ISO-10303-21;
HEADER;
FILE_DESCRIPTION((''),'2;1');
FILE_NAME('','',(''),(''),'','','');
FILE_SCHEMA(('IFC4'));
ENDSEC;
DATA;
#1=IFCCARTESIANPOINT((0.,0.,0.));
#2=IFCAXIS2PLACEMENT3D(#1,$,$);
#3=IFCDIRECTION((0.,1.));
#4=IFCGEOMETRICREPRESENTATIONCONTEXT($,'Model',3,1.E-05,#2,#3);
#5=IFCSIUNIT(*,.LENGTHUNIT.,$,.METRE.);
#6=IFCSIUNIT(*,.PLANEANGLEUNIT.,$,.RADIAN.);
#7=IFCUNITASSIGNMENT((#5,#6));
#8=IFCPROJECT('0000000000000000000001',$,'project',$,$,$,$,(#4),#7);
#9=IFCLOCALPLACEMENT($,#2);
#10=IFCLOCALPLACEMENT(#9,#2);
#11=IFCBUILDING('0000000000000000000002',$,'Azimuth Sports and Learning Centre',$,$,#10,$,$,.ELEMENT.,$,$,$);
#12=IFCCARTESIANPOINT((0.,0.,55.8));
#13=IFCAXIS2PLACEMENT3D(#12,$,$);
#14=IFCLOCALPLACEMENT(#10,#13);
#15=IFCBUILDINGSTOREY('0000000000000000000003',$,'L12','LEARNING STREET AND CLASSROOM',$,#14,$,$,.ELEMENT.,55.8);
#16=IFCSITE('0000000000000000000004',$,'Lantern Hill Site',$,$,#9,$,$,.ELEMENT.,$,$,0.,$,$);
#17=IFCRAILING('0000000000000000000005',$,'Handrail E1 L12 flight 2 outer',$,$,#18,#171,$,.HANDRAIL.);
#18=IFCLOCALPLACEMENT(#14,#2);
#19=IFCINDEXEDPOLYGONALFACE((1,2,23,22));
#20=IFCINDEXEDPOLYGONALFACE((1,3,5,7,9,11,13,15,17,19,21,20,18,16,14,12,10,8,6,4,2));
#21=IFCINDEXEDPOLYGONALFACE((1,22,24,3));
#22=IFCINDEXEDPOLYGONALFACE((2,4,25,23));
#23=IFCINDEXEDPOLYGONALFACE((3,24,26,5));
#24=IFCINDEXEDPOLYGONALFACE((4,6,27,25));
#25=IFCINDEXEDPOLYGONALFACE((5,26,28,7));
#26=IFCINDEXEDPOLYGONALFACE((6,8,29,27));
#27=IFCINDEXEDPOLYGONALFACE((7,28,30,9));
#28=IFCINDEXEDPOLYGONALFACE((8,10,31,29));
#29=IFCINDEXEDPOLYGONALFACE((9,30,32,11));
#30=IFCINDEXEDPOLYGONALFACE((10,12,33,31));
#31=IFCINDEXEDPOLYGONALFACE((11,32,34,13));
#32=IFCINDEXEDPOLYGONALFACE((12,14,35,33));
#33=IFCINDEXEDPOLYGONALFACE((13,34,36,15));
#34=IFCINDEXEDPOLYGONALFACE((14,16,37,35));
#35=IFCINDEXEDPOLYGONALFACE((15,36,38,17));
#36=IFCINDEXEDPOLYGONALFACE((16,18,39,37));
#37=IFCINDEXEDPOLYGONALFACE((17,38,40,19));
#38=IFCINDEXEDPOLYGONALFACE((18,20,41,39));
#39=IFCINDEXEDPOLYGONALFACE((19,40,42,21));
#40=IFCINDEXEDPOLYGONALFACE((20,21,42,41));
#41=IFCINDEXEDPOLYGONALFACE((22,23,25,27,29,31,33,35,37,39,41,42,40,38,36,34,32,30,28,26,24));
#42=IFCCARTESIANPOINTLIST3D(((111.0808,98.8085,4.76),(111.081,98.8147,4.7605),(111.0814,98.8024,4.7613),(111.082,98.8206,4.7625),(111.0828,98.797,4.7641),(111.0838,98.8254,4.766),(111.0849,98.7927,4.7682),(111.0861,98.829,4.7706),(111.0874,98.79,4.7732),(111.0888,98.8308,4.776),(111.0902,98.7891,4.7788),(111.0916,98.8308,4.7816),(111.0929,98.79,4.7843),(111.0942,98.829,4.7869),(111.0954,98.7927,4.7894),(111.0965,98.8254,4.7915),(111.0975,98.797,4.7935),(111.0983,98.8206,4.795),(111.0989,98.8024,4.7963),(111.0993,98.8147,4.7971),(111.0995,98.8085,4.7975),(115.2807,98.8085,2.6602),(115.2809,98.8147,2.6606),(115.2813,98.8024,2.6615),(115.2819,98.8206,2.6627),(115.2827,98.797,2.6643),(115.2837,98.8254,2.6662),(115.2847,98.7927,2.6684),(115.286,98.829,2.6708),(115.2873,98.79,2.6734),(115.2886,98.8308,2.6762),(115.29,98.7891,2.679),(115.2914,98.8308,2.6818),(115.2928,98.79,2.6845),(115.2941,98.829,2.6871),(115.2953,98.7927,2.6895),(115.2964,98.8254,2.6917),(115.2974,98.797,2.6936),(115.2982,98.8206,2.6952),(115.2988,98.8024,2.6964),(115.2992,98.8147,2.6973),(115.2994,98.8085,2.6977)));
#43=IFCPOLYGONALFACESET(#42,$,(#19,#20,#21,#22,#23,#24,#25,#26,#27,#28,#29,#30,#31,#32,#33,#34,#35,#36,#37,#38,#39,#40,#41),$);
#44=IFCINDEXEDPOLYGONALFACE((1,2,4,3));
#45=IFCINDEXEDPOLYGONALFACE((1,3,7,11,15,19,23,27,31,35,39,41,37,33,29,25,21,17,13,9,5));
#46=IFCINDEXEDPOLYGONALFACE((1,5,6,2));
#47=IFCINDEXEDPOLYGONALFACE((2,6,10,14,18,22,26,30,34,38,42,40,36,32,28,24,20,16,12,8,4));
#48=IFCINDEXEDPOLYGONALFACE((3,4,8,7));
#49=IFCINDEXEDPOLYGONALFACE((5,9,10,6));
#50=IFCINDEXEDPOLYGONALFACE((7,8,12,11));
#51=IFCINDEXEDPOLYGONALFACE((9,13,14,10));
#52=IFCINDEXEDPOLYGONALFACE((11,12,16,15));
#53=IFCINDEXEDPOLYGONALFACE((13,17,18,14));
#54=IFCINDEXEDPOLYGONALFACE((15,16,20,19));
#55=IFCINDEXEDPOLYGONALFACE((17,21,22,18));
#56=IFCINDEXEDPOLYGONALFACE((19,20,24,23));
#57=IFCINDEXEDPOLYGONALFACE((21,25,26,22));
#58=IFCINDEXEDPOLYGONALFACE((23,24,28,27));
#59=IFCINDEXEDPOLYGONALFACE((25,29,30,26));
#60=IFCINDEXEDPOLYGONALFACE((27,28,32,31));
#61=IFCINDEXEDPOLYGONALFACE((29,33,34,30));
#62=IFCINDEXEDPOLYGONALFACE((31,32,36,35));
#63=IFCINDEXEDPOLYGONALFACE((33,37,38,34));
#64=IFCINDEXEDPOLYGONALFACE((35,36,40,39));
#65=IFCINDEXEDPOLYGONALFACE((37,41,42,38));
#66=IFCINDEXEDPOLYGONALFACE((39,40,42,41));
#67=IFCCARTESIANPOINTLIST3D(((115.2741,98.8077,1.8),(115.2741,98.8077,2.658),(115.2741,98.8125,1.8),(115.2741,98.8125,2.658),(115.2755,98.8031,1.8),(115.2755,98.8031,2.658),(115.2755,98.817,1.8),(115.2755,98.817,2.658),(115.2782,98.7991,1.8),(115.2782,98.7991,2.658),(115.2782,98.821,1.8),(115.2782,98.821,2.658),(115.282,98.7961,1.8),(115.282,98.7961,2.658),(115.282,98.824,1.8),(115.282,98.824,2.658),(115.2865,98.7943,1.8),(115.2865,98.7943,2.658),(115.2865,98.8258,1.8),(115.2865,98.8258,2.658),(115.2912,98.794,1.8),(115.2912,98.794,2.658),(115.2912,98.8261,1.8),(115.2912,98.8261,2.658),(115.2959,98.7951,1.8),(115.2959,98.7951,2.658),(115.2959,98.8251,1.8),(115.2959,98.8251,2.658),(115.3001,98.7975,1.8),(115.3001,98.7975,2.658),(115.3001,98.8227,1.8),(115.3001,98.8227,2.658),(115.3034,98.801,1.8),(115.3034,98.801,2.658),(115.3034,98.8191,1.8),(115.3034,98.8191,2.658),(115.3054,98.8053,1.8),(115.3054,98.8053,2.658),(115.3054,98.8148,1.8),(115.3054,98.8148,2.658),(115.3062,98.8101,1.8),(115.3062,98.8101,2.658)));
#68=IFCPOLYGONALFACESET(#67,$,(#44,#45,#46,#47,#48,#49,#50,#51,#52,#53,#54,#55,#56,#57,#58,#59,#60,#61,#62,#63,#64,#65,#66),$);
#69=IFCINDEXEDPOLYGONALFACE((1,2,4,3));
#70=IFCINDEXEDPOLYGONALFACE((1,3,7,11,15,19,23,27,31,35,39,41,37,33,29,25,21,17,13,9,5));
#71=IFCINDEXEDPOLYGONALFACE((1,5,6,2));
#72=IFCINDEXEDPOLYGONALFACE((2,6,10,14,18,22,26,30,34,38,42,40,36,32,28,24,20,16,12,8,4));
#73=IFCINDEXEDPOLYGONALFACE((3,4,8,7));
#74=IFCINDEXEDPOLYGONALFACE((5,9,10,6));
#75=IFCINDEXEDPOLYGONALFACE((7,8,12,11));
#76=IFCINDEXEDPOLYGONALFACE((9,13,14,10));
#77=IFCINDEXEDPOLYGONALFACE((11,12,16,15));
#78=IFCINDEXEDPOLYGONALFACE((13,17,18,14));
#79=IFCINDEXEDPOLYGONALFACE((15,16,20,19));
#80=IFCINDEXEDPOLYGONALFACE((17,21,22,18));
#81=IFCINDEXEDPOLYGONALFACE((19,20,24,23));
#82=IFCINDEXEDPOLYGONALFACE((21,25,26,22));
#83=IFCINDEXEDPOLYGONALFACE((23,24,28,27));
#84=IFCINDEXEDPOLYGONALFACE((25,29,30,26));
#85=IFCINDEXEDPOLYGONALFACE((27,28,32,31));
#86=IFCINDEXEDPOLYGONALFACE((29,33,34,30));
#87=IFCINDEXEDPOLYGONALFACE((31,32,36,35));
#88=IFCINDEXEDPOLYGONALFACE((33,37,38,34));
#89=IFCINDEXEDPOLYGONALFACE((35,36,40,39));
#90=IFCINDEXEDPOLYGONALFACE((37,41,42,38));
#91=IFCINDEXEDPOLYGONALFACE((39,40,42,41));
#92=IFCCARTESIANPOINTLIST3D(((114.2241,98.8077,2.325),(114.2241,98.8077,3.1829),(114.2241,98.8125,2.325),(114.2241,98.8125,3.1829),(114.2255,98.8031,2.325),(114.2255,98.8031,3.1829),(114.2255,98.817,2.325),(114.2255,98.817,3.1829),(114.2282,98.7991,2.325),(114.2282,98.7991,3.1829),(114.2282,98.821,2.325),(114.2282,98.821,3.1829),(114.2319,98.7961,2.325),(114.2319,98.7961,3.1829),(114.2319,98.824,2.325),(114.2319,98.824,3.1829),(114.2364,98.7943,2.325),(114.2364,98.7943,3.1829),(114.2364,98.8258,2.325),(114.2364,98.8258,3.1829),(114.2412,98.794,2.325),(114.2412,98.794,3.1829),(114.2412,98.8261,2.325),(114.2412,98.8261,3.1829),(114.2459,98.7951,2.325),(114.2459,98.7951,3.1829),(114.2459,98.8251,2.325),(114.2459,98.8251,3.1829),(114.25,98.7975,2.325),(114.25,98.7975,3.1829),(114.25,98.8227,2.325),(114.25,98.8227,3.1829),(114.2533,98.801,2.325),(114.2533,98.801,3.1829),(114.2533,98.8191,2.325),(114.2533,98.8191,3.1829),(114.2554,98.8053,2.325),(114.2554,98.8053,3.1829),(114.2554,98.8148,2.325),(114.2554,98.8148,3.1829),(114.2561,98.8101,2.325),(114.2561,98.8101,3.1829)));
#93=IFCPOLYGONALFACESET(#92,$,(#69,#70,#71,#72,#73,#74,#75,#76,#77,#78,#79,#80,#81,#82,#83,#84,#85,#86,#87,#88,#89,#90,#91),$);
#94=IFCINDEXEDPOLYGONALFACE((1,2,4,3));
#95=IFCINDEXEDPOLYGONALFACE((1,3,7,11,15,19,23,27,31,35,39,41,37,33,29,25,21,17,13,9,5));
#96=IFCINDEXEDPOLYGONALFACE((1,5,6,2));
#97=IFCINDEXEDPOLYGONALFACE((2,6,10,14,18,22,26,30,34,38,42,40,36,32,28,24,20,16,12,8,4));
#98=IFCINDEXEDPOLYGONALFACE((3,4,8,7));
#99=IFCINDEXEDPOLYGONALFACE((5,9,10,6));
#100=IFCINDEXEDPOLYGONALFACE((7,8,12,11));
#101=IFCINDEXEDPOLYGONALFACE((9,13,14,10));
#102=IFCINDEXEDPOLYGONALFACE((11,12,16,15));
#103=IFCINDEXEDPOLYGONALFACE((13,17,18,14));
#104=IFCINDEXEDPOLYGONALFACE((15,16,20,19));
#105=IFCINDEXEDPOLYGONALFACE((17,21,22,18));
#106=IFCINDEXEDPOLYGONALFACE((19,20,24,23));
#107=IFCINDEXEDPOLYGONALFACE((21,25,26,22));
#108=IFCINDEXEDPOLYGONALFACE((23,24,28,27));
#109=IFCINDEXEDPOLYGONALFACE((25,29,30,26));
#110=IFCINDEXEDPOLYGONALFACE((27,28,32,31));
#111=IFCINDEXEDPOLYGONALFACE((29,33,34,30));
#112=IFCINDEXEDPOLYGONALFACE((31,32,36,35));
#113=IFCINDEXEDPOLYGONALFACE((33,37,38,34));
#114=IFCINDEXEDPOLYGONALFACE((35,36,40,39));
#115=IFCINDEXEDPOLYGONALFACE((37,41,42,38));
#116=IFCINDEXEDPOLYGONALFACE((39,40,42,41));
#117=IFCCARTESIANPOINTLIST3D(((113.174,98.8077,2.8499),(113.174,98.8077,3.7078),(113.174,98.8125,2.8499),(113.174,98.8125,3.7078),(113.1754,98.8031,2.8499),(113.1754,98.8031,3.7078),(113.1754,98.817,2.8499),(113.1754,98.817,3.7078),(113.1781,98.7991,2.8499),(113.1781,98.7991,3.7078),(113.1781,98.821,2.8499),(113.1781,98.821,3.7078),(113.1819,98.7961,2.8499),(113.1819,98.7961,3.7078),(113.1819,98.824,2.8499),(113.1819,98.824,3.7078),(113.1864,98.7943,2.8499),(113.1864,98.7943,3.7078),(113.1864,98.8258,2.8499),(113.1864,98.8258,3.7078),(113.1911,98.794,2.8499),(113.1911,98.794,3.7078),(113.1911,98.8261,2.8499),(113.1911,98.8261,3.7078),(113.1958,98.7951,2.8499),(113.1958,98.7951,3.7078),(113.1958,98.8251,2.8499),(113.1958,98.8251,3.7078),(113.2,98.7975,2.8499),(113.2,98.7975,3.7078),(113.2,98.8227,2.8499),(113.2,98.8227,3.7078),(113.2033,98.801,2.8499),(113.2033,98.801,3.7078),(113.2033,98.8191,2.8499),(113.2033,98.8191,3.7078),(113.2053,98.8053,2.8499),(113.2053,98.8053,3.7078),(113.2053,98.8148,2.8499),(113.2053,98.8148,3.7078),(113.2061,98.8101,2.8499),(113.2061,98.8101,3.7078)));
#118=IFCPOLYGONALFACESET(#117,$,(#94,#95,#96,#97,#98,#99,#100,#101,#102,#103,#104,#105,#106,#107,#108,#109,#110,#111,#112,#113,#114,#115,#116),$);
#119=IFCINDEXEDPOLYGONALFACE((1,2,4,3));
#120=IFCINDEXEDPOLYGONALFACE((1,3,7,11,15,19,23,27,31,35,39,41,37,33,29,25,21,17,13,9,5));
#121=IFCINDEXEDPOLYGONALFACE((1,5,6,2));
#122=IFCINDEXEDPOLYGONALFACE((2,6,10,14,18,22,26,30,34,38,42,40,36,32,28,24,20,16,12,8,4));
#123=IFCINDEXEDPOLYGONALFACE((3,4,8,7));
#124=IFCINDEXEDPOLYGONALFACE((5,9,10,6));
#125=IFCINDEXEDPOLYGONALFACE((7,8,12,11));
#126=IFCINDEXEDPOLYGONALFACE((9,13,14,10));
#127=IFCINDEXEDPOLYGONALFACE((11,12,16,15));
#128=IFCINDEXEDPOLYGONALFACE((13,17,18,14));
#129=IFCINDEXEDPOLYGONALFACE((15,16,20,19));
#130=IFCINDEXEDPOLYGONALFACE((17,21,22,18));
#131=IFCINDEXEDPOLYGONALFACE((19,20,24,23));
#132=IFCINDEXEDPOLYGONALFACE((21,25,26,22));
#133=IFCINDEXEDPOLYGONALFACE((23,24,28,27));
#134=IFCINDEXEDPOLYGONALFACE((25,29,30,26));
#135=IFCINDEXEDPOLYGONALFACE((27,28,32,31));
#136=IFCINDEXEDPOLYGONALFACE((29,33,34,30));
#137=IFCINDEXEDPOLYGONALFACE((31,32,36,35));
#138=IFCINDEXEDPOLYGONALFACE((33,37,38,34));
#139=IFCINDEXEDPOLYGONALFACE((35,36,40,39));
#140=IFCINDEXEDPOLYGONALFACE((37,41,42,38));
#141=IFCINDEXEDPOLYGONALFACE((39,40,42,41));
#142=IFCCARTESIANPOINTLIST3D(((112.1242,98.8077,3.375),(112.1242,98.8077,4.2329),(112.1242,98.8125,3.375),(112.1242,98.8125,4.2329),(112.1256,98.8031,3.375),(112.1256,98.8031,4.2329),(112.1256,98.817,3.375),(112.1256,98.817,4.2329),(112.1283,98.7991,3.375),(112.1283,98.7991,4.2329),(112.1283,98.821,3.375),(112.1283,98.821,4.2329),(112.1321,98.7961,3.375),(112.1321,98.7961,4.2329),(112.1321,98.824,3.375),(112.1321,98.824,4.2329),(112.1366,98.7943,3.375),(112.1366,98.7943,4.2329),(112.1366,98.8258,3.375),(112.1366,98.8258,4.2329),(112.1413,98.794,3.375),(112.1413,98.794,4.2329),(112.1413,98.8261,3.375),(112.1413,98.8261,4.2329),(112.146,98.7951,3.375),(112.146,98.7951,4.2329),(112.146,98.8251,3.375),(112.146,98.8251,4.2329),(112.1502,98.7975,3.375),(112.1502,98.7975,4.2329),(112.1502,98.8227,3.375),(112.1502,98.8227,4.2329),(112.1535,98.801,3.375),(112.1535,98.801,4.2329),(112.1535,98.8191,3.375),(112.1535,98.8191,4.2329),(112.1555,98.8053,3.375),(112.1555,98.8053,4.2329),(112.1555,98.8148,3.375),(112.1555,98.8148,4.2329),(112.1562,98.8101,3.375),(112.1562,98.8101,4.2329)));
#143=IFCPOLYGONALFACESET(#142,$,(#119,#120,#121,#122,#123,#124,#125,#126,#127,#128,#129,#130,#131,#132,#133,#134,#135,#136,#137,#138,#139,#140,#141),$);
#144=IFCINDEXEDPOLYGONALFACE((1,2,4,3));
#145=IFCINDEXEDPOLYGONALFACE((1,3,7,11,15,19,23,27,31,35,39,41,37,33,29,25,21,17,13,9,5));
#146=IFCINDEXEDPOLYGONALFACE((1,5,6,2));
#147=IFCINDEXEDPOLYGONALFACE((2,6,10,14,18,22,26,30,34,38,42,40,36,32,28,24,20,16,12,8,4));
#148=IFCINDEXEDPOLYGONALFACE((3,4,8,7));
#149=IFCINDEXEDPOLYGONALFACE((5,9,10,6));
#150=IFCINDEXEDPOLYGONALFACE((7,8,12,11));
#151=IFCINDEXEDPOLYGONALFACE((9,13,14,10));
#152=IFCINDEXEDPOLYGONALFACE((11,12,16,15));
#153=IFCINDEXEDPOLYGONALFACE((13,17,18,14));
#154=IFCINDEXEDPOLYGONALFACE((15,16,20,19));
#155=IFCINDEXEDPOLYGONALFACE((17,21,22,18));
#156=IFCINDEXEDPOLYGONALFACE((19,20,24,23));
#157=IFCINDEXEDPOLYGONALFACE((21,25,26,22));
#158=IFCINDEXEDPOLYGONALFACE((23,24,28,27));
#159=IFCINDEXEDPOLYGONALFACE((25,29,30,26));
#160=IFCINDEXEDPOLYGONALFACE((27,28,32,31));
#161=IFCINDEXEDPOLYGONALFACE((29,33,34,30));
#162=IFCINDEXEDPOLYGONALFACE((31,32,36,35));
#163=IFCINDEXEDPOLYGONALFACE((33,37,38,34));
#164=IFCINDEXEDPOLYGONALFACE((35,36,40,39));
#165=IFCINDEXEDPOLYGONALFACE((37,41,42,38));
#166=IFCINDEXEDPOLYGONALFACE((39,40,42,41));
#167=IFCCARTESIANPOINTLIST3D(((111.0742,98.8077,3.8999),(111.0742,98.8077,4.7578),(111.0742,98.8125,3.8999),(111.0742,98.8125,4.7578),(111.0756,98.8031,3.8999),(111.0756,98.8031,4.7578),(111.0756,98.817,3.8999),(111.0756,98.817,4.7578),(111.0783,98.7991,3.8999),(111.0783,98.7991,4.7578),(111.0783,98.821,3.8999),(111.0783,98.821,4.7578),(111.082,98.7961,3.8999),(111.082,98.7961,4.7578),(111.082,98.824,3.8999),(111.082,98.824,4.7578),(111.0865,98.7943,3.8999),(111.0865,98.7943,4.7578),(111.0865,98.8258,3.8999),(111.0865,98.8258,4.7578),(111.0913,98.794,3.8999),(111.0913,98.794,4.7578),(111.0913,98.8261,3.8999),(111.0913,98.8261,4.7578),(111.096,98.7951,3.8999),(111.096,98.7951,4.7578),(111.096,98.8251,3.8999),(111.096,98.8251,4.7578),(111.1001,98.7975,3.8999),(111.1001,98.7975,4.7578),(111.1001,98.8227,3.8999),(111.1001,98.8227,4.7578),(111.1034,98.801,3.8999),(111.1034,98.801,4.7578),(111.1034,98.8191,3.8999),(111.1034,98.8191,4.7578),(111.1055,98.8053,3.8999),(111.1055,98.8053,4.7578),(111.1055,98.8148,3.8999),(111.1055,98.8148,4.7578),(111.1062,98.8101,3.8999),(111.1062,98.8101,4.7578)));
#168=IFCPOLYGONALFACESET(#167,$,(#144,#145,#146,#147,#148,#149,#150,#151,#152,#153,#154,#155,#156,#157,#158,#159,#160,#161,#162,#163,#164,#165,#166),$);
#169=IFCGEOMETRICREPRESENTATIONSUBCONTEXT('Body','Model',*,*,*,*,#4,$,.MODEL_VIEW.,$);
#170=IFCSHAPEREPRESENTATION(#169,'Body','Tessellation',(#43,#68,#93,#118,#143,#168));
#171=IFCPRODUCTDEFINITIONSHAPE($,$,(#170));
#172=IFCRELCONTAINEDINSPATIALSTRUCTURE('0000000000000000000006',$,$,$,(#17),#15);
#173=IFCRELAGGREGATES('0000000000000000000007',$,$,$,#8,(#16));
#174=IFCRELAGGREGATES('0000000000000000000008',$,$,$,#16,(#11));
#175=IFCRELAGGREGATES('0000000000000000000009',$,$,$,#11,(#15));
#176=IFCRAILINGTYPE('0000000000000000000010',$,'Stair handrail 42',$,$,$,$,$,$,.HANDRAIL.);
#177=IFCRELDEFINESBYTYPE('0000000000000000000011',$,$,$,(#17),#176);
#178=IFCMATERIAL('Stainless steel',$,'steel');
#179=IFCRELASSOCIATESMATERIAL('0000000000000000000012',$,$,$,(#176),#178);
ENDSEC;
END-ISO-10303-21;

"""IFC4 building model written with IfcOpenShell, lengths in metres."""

from ifc_helpers import new_model, si_unit, direction, frame, origin, origin_2d, place, context, subcontext, project, spatial, circle, extrude, material, type_object, element, save


model = new_model("IFC4")

# Units and contexts
model_context = context("Model", 3, precision=1e-05, world=origin(), true_north=direction((0.0, 1.0)))
body_context = subcontext(model_context, "Body", "Model", "MODEL_VIEW")
ifc_project = project(units=[si_unit("LENGTHUNIT", "METRE"), si_unit("PLANEANGLEUNIT", "RADIAN")], contexts=[model_context])

# Site, building, storey
site_placement = place(None, origin())
site = spatial("IfcSite", under=ifc_project, at=site_placement, Name="Lantern Hill Site", CompositionType="ELEMENT", RefElevation=0.0)
building_placement = place(site_placement, origin())
building = spatial("IfcBuilding", under=site, at=building_placement, Name="Azimuth Sports and Learning Centre", CompositionType="ELEMENT")
storey_placement = place(building_placement, frame((0.0, 0.0, 55.8)))
storey = spatial("IfcBuildingStorey", under=building, at=storey_placement, Name="L12", Description="LEARNING STREET AND CLASSROOM", CompositionType="ELEMENT", Elevation=55.8)

# Railing
ifc_material_1 = material(Name="Stainless steel", Category="steel")
railing_type_1 = type_object("IfcRailingType", Name="Stair handrail 42", PredefinedType="HANDRAIL", material=ifc_material_1)
for number, where, name in (
    (1, (115.29, 98.8101, 1.8), "Handrail E1 L12 flight 2 outer"),
):
    element("IfcRailing", number, at=place(storey_placement, frame(where)), inside=storey, type_object=railing_type_1, Name=name, PredefinedType="HANDRAIL", context=body_context, shape_type="SweptSolid", body=[
        extrude(circle(Radius=0.021, at=origin_2d()), frame((0.0, 0.0, 0.8789), z_axis=(-0.894438, 0.0, 0.447193), x_axis=(0.0, -1.0, 0.0)), (0.0, 0.0, 1.0), 4.6956),
        extrude(circle(Radius=0.0161, at=origin_2d()), origin(), (0.0, 0.0, 1.0), 0.8579),
        extrude(circle(Radius=0.0161, at=origin_2d()), frame((-1.05, 0.0, 0.5249)), (0.0, 0.0, 1.0), 0.8579),
        extrude(circle(Radius=0.0161, at=origin_2d()), frame((-2.1001, 0.0, 1.0498)), (0.0, 0.0, 1.0), 0.8579),
        extrude(circle(Radius=0.0161, at=origin_2d()), frame((-3.1499, 0.0, 1.575)), (0.0, 0.0, 1.0), 0.8579),
        extrude(circle(Radius=0.0161, at=origin_2d()), frame((-4.2, 0.0, 2.0999)), (0.0, 0.0, 1.0), 0.8579),
    ])

save(model, "model.ifc")
